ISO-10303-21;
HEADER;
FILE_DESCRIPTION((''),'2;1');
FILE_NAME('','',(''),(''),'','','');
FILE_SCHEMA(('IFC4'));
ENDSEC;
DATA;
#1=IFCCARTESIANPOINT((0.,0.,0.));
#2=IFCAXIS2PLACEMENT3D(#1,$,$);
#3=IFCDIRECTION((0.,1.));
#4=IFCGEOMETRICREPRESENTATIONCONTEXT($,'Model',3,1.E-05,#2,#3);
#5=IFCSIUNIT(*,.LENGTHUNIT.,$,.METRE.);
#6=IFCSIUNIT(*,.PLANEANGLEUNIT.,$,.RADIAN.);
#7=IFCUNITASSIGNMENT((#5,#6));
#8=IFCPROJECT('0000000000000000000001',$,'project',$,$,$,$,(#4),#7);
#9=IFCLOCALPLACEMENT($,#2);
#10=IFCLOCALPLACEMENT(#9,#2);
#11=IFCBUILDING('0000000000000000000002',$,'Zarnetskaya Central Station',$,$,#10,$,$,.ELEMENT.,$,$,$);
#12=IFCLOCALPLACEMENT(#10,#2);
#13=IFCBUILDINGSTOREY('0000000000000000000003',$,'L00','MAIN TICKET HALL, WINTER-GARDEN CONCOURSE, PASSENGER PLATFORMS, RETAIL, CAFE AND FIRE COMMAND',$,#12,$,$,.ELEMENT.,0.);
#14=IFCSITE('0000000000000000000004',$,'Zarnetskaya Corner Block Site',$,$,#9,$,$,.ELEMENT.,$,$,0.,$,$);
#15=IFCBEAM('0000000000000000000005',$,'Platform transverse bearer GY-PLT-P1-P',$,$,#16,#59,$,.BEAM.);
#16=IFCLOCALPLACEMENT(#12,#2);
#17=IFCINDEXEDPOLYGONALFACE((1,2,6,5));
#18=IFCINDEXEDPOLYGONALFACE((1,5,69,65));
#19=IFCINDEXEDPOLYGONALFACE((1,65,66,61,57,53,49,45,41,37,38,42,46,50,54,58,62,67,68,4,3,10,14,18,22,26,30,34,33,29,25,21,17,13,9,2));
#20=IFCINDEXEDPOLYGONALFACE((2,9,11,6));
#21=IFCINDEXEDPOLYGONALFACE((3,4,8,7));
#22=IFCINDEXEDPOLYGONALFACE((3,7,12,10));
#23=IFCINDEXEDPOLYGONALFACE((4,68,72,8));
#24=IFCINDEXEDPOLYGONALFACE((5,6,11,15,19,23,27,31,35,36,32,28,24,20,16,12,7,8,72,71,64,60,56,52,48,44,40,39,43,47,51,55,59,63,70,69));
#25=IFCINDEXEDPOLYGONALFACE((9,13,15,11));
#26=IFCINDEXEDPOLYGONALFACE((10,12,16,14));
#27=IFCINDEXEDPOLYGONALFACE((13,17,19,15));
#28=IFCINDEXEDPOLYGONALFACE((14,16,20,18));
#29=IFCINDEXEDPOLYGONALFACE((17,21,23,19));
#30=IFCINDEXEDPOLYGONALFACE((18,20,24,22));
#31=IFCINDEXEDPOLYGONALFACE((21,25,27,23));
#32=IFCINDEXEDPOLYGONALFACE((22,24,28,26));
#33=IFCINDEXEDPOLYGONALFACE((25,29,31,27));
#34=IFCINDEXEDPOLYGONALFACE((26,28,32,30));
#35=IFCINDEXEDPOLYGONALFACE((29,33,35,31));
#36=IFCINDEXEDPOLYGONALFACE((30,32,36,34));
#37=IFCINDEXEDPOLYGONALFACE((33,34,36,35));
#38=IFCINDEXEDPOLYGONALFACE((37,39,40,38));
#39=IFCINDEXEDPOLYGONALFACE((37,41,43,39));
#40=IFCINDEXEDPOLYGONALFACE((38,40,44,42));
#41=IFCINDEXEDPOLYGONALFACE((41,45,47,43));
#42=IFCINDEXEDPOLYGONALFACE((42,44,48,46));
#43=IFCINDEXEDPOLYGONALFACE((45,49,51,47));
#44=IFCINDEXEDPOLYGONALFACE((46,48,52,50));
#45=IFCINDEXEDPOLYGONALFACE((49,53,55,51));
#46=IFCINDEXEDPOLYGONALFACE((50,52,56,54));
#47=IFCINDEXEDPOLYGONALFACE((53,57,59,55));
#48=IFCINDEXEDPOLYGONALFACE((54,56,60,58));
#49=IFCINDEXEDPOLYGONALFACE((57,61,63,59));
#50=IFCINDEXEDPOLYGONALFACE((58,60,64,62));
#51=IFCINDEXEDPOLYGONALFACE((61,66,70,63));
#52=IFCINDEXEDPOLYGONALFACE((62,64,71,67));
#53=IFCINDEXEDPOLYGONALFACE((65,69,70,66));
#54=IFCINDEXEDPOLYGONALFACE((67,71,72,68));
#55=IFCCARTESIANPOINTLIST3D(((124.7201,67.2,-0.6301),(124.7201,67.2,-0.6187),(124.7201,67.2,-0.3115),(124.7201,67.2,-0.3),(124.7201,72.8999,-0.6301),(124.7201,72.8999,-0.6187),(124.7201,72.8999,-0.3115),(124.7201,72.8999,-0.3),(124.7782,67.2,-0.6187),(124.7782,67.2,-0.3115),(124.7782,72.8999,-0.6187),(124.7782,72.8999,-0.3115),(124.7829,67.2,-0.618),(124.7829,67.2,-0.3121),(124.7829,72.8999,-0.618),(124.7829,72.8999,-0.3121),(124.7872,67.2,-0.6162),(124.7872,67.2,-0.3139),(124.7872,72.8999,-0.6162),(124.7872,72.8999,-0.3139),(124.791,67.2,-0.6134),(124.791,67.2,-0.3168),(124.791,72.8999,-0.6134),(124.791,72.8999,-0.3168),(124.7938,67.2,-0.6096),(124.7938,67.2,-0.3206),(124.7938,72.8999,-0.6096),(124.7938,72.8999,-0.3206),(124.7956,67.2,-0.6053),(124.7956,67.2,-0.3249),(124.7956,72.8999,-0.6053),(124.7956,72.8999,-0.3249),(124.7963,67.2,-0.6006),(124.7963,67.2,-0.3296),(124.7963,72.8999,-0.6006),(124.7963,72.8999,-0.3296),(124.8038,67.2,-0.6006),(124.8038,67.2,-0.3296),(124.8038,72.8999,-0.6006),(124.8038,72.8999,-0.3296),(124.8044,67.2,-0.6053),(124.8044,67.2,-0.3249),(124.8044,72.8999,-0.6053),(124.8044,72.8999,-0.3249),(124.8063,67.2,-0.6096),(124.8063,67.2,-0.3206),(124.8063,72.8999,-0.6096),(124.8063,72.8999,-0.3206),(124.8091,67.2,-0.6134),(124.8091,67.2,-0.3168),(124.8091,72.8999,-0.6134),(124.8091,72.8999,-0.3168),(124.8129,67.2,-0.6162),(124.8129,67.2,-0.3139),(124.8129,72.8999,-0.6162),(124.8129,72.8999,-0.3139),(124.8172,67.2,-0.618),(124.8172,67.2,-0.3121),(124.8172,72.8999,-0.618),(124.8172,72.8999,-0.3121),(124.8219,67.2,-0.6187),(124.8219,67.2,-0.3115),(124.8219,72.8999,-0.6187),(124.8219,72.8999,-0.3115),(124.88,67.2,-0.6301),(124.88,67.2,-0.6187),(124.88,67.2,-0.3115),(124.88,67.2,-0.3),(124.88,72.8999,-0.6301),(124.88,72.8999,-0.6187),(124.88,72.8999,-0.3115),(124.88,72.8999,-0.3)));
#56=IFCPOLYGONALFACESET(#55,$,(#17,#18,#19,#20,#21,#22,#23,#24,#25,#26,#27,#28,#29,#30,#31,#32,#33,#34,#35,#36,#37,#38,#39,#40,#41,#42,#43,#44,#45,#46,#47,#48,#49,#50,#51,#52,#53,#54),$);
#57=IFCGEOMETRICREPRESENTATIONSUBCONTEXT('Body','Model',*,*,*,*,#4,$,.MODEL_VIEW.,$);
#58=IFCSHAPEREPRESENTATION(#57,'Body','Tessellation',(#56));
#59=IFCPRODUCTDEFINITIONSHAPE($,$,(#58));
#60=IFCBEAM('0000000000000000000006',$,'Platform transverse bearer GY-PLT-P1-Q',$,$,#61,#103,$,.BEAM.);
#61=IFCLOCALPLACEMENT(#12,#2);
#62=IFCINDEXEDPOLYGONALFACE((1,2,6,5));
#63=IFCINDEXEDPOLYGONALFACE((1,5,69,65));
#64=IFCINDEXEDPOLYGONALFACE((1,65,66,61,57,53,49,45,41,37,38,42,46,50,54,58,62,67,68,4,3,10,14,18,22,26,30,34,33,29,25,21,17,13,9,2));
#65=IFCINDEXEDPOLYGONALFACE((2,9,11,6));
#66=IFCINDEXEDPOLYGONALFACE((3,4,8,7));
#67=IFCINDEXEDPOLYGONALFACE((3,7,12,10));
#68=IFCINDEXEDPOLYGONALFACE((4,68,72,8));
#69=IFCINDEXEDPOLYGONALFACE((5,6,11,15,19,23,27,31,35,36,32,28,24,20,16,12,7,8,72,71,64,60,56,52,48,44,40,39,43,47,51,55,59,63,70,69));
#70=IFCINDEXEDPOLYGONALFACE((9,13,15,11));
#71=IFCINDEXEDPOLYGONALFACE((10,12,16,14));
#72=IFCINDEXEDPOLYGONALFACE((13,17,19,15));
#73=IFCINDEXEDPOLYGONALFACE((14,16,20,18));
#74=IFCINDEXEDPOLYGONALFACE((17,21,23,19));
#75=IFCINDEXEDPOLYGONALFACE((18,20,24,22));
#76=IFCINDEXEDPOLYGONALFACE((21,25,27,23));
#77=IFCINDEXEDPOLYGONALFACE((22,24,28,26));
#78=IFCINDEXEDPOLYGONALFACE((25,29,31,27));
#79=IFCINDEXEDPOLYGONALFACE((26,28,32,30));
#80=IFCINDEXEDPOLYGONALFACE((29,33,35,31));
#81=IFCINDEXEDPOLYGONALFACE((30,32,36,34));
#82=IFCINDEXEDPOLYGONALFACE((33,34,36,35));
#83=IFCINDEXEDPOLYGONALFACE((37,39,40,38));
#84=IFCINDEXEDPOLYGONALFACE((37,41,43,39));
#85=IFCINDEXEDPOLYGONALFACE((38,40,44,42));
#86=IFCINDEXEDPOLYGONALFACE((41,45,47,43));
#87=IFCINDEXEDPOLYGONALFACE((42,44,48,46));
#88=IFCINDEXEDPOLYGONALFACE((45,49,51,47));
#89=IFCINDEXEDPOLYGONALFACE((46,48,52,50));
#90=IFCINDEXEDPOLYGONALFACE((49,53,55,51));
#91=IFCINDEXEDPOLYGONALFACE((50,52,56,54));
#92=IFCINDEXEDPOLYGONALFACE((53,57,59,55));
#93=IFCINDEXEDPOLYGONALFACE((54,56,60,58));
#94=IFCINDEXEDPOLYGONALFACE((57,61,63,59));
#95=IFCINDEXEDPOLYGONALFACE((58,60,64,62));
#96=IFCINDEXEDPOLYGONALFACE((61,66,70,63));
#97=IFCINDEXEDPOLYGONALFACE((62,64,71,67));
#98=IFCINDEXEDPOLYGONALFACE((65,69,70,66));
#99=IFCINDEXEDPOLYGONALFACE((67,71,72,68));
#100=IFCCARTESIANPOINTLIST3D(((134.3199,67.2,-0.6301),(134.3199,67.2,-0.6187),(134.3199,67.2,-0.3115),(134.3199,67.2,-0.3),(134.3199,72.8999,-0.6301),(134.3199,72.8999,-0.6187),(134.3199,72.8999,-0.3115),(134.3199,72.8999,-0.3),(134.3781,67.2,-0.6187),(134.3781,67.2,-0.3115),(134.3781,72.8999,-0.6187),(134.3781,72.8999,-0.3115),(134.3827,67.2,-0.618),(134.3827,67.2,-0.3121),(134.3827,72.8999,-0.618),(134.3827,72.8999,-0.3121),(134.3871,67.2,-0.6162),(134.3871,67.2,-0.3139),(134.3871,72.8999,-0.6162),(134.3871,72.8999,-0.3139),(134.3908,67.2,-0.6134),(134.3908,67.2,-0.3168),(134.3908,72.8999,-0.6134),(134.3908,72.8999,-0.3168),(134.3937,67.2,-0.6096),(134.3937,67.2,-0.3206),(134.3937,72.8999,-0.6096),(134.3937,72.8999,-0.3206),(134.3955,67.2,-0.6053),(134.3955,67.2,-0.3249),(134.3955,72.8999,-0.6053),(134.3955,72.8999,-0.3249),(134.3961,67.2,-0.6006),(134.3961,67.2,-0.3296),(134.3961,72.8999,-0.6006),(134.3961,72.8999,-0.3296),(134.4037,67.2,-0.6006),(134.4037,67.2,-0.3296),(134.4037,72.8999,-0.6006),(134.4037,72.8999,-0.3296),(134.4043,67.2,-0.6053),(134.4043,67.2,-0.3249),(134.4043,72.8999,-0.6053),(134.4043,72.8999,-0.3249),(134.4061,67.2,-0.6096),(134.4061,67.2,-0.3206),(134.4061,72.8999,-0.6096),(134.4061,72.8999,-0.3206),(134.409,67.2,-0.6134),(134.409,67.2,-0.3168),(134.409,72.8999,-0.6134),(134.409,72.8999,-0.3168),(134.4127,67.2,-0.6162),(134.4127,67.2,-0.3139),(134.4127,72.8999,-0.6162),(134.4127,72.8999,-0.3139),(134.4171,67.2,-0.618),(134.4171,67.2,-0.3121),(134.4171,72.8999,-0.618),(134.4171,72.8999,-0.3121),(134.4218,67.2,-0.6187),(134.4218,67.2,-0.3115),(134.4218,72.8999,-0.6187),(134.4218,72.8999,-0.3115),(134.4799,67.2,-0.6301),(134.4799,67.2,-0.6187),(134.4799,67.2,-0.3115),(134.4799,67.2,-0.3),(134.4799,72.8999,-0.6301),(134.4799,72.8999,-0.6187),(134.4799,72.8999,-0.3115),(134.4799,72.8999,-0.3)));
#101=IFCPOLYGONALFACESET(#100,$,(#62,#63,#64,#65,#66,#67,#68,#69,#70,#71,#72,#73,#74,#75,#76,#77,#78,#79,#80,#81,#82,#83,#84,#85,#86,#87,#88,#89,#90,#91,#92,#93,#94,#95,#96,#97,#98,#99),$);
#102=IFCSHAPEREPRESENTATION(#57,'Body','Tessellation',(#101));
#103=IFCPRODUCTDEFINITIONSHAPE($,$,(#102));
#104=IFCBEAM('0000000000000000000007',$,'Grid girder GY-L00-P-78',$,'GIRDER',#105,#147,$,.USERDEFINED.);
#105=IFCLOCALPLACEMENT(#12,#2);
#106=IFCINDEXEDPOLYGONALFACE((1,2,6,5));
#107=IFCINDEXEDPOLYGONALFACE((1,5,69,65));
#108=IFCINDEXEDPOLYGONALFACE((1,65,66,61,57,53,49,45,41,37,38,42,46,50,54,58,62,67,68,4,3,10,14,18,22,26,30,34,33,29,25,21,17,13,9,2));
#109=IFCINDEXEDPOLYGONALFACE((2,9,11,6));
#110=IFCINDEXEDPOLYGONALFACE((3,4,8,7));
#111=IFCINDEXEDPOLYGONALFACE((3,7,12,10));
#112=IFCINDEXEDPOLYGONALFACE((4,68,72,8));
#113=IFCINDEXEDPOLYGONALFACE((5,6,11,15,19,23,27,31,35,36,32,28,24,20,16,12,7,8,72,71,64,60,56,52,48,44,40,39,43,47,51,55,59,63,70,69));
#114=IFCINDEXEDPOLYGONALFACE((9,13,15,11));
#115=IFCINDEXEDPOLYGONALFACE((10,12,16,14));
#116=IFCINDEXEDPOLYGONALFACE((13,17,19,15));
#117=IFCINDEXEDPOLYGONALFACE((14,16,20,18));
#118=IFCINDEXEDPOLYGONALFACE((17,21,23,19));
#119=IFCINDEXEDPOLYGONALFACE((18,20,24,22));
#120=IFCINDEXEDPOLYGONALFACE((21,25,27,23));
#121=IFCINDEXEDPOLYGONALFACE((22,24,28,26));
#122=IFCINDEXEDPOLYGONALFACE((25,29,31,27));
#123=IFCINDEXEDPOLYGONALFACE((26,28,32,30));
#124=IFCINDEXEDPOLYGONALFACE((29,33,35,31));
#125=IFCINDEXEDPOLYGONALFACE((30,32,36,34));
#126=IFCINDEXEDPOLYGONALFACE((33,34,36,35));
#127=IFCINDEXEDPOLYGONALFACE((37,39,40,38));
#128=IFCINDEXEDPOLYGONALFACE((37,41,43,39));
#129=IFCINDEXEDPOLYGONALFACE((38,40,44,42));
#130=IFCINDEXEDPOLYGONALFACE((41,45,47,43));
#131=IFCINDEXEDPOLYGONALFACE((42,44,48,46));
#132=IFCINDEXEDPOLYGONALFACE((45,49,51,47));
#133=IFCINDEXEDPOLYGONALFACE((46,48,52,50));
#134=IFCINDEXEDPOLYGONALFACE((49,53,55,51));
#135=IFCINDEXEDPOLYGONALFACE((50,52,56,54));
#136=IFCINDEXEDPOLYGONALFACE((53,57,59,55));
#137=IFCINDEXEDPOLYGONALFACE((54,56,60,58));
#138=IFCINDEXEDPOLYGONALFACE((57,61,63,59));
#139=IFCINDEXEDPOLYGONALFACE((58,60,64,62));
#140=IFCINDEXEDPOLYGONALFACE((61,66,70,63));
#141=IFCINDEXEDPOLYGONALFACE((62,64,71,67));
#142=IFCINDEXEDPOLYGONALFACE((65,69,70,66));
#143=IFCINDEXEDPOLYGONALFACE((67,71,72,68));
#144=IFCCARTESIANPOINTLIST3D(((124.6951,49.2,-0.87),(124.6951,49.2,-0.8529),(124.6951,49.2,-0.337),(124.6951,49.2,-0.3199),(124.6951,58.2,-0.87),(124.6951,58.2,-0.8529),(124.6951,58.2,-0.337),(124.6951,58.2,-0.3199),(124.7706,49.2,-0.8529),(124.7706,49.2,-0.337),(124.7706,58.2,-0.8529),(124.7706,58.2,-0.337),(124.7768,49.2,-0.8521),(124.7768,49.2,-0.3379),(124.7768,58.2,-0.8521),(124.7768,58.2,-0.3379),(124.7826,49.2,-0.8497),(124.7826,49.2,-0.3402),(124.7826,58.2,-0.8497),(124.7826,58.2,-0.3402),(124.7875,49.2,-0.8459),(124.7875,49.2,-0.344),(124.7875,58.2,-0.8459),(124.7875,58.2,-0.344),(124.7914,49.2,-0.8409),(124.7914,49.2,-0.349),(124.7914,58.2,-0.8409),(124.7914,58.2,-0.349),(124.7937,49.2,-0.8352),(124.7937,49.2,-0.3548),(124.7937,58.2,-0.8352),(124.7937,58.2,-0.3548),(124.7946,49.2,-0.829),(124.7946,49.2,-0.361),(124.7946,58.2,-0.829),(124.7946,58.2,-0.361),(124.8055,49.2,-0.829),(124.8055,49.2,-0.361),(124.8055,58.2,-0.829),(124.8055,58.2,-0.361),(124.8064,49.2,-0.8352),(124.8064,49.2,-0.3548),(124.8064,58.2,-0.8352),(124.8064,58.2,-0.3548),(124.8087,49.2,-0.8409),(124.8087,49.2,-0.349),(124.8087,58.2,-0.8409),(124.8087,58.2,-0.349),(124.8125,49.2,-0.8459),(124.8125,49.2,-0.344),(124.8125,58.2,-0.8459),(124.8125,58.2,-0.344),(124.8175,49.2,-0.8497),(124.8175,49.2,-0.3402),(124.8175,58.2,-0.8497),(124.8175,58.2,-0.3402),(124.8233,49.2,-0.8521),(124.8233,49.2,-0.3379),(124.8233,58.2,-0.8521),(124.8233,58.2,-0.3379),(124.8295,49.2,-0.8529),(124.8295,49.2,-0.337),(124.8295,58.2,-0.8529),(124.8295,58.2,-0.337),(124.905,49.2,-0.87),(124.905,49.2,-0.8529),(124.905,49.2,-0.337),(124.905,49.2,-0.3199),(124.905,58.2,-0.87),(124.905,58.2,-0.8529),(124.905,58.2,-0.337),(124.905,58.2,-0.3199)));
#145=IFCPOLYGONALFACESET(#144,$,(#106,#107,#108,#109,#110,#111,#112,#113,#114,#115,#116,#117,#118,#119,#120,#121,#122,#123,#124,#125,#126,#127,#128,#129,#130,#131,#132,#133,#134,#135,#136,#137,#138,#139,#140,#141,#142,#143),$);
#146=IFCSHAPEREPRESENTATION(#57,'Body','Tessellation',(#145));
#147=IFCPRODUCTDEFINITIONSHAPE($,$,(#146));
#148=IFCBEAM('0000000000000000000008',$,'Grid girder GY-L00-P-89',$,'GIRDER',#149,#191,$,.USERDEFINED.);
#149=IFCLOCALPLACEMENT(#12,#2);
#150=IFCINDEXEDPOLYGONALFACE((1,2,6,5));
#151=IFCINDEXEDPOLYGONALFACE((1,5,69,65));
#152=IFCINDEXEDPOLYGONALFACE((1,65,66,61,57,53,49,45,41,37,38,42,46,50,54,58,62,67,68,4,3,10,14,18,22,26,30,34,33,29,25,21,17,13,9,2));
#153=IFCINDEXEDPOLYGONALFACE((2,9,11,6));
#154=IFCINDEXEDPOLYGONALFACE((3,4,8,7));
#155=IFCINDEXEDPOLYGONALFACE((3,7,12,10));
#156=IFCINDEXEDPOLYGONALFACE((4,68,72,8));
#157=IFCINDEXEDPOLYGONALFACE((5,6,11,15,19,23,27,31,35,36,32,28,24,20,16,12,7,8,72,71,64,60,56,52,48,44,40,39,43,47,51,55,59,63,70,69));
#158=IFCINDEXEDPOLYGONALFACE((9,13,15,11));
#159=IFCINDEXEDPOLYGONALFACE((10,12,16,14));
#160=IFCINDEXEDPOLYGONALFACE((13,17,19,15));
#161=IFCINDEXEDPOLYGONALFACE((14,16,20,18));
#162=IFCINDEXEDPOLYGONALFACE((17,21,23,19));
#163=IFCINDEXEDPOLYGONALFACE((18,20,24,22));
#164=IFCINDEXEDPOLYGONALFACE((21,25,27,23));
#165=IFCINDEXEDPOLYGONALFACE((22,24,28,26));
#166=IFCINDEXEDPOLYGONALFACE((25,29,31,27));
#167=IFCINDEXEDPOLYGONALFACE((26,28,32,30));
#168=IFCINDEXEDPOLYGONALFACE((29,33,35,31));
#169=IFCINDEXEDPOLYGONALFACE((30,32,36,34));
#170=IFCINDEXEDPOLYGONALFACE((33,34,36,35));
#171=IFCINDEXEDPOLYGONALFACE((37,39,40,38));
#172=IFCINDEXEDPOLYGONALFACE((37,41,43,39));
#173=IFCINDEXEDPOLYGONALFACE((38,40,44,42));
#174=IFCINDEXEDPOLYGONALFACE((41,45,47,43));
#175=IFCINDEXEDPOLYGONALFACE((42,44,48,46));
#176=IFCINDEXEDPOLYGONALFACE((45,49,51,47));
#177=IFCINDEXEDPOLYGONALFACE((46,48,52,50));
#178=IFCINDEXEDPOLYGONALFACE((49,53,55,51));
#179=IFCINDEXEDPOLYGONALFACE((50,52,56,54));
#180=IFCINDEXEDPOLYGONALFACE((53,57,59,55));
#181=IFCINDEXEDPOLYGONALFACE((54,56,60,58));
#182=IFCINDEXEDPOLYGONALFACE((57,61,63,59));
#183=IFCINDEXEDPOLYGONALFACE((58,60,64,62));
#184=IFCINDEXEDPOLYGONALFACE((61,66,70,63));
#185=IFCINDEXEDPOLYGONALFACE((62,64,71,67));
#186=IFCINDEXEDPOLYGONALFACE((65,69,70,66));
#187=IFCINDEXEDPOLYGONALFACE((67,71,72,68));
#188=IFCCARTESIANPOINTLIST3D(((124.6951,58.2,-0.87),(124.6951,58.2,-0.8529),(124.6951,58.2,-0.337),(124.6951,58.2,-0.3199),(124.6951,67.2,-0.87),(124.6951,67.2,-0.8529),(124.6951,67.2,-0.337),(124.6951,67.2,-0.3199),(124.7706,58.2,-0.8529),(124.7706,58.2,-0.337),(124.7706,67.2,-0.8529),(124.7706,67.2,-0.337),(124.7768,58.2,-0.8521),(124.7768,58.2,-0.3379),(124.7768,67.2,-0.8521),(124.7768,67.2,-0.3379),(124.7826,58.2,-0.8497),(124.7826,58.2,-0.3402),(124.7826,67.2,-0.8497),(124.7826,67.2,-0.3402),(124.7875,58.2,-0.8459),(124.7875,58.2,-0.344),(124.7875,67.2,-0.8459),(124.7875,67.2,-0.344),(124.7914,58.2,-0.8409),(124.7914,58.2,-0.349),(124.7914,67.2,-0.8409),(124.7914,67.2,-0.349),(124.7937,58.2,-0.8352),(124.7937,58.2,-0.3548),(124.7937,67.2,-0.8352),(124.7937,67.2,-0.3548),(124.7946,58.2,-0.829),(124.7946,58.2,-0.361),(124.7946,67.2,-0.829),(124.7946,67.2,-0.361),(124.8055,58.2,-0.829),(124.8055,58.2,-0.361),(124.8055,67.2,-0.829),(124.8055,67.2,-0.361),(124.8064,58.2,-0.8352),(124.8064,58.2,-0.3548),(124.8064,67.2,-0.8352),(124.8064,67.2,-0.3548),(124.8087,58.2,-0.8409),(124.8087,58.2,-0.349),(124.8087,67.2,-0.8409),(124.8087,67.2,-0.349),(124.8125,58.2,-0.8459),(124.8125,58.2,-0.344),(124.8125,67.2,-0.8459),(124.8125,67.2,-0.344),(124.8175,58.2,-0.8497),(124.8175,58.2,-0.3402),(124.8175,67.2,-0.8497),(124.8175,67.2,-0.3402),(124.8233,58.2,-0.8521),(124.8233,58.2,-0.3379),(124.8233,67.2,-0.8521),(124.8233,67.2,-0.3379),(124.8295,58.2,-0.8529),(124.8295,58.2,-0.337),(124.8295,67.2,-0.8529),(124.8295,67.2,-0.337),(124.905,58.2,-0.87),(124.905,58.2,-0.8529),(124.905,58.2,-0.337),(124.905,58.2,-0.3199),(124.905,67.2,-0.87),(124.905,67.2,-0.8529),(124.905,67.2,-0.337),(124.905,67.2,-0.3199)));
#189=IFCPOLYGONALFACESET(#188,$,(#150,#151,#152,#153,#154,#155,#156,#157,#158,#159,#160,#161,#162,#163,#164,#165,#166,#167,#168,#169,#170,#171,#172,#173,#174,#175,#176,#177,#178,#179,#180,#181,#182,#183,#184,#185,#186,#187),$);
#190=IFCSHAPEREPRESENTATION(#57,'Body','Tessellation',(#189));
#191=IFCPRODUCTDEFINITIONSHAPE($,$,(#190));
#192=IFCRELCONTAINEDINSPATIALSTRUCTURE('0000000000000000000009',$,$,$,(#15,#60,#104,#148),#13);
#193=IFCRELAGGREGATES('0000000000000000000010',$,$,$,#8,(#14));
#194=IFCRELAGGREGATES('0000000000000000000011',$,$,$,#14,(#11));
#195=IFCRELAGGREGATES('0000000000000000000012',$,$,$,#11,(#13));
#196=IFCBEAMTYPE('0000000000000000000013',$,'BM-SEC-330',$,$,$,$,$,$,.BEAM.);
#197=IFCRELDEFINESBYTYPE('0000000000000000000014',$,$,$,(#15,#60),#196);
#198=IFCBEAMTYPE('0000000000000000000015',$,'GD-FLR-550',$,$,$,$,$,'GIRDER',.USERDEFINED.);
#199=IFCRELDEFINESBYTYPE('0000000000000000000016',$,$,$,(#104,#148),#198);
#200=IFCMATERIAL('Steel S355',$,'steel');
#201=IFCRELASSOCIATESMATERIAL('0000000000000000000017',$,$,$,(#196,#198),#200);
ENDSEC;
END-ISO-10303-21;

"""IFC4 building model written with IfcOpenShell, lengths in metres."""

from ifc_helpers import new_model, si_unit, direction, frame, origin, origin_2d, place, context, subcontext, project, spatial, i_section, extrude, material, material_profile, profile_set, type_object, element, save


model = new_model("IFC4")

# Units and contexts
model_context = context("Model", 3, precision=1e-05, world=origin(), true_north=direction((0.0, 1.0)))
body_context = subcontext(model_context, "Body", "Model", "MODEL_VIEW")
ifc_project = project(units=[si_unit("LENGTHUNIT", "METRE"), si_unit("PLANEANGLEUNIT", "RADIAN")], contexts=[model_context])

# Site, building, storey
site_placement = place(None, origin())
site = spatial("IfcSite", under=ifc_project, at=site_placement, Name="Zarnetskaya Corner Block Site", CompositionType="ELEMENT", RefElevation=0.0)
building_placement = place(site_placement, origin())
building = spatial("IfcBuilding", under=site, at=building_placement, Name="Zarnetskaya Central Station", CompositionType="ELEMENT")
storey_placement = place(building_placement, origin())
storey = spatial("IfcBuildingStorey", under=building, at=storey_placement, Name="L00", Description="MAIN TICKET HALL, WINTER-GARDEN CONCOURSE, PASSENGER PLATFORMS, RETAIL, CAFE AND FIRE COMMAND", CompositionType="ELEMENT", Elevation=0.0)

# Shared definitions
ifc_material_1 = material(Name="Steel S355", Category="steel")

# Beams
ifc_material_profile_1 = material_profile(ifc_material_1, i_section(OverallWidth=0.1599, OverallDepth=0.3301, WebThickness=0.0076, FlangeThickness=0.0115, FilletRadius=0.0181, at=origin_2d()), Name="IPE 330")
ifc_profile_set_1 = profile_set([ifc_material_profile_1], Name="Steel S355")
beam_type_1 = type_object("IfcBeamType", Name="BM-SEC-330", PredefinedType="BEAM", material=ifc_profile_set_1)
for number, where, z_axis, x_axis, name in (
    (1, (124.8, 67.2, -0.4651), (0.0, 1.0, 0.0), (-1.0, 0.0, 0.0), "Platform transverse bearer GY-PLT-P1-P"),
    (2, (134.3999, 67.2, -0.4651), (0.0, 1.0, 0.0), (-1.0, 0.0, 0.0), "Platform transverse bearer GY-PLT-P1-Q"),
):
    element("IfcBeam", number, at=place(storey_placement, frame(where, z_axis=z_axis, x_axis=x_axis)), inside=storey, type_object=beam_type_1, Name=name, PredefinedType="BEAM", context=body_context, shape_type="SweptSolid", body=[
        extrude(i_section(OverallWidth=0.1599, OverallDepth=0.3301, WebThickness=0.0076, FlangeThickness=0.0115, FilletRadius=0.0181, at=origin_2d()), origin(), (0.0, 0.0, 1.0), 5.7),
    ])
ifc_material_profile_2 = material_profile(ifc_material_1, i_section(OverallWidth=0.21, OverallDepth=0.55, WebThickness=0.011, FlangeThickness=0.0171, FilletRadius=0.0239, at=origin_2d()), Name="IPE 550")
ifc_profile_set_2 = profile_set([ifc_material_profile_2], Name="Steel S355")
beam_type_2 = type_object("IfcBeamType", Name="GD-FLR-550", ElementType="GIRDER", PredefinedType="USERDEFINED", material=ifc_profile_set_2)
for number, where, z_axis, x_axis, name in (
    (3, (124.8, 49.2, -0.595), (0.0, 1.0, 0.0), (-1.0, 0.0, 0.0), "Grid girder GY-L00-P-78"),
    (4, (124.8, 58.2, -0.595), (0.0, 1.0, 0.0), (-1.0, 0.0, 0.0), "Grid girder GY-L00-P-89"),
):
    element("IfcBeam", number, at=place(storey_placement, frame(where, z_axis=z_axis, x_axis=x_axis)), inside=storey, type_object=beam_type_2, Name=name, ObjectType="GIRDER", PredefinedType="USERDEFINED", context=body_context, shape_type="SweptSolid", body=[
        extrude(i_section(OverallWidth=0.21, OverallDepth=0.55, WebThickness=0.011, FlangeThickness=0.0171, FilletRadius=0.0239, at=origin_2d()), origin(), (0.0, 0.0, 1.0), 9.0),
    ])

save(model, "model.ifc")
